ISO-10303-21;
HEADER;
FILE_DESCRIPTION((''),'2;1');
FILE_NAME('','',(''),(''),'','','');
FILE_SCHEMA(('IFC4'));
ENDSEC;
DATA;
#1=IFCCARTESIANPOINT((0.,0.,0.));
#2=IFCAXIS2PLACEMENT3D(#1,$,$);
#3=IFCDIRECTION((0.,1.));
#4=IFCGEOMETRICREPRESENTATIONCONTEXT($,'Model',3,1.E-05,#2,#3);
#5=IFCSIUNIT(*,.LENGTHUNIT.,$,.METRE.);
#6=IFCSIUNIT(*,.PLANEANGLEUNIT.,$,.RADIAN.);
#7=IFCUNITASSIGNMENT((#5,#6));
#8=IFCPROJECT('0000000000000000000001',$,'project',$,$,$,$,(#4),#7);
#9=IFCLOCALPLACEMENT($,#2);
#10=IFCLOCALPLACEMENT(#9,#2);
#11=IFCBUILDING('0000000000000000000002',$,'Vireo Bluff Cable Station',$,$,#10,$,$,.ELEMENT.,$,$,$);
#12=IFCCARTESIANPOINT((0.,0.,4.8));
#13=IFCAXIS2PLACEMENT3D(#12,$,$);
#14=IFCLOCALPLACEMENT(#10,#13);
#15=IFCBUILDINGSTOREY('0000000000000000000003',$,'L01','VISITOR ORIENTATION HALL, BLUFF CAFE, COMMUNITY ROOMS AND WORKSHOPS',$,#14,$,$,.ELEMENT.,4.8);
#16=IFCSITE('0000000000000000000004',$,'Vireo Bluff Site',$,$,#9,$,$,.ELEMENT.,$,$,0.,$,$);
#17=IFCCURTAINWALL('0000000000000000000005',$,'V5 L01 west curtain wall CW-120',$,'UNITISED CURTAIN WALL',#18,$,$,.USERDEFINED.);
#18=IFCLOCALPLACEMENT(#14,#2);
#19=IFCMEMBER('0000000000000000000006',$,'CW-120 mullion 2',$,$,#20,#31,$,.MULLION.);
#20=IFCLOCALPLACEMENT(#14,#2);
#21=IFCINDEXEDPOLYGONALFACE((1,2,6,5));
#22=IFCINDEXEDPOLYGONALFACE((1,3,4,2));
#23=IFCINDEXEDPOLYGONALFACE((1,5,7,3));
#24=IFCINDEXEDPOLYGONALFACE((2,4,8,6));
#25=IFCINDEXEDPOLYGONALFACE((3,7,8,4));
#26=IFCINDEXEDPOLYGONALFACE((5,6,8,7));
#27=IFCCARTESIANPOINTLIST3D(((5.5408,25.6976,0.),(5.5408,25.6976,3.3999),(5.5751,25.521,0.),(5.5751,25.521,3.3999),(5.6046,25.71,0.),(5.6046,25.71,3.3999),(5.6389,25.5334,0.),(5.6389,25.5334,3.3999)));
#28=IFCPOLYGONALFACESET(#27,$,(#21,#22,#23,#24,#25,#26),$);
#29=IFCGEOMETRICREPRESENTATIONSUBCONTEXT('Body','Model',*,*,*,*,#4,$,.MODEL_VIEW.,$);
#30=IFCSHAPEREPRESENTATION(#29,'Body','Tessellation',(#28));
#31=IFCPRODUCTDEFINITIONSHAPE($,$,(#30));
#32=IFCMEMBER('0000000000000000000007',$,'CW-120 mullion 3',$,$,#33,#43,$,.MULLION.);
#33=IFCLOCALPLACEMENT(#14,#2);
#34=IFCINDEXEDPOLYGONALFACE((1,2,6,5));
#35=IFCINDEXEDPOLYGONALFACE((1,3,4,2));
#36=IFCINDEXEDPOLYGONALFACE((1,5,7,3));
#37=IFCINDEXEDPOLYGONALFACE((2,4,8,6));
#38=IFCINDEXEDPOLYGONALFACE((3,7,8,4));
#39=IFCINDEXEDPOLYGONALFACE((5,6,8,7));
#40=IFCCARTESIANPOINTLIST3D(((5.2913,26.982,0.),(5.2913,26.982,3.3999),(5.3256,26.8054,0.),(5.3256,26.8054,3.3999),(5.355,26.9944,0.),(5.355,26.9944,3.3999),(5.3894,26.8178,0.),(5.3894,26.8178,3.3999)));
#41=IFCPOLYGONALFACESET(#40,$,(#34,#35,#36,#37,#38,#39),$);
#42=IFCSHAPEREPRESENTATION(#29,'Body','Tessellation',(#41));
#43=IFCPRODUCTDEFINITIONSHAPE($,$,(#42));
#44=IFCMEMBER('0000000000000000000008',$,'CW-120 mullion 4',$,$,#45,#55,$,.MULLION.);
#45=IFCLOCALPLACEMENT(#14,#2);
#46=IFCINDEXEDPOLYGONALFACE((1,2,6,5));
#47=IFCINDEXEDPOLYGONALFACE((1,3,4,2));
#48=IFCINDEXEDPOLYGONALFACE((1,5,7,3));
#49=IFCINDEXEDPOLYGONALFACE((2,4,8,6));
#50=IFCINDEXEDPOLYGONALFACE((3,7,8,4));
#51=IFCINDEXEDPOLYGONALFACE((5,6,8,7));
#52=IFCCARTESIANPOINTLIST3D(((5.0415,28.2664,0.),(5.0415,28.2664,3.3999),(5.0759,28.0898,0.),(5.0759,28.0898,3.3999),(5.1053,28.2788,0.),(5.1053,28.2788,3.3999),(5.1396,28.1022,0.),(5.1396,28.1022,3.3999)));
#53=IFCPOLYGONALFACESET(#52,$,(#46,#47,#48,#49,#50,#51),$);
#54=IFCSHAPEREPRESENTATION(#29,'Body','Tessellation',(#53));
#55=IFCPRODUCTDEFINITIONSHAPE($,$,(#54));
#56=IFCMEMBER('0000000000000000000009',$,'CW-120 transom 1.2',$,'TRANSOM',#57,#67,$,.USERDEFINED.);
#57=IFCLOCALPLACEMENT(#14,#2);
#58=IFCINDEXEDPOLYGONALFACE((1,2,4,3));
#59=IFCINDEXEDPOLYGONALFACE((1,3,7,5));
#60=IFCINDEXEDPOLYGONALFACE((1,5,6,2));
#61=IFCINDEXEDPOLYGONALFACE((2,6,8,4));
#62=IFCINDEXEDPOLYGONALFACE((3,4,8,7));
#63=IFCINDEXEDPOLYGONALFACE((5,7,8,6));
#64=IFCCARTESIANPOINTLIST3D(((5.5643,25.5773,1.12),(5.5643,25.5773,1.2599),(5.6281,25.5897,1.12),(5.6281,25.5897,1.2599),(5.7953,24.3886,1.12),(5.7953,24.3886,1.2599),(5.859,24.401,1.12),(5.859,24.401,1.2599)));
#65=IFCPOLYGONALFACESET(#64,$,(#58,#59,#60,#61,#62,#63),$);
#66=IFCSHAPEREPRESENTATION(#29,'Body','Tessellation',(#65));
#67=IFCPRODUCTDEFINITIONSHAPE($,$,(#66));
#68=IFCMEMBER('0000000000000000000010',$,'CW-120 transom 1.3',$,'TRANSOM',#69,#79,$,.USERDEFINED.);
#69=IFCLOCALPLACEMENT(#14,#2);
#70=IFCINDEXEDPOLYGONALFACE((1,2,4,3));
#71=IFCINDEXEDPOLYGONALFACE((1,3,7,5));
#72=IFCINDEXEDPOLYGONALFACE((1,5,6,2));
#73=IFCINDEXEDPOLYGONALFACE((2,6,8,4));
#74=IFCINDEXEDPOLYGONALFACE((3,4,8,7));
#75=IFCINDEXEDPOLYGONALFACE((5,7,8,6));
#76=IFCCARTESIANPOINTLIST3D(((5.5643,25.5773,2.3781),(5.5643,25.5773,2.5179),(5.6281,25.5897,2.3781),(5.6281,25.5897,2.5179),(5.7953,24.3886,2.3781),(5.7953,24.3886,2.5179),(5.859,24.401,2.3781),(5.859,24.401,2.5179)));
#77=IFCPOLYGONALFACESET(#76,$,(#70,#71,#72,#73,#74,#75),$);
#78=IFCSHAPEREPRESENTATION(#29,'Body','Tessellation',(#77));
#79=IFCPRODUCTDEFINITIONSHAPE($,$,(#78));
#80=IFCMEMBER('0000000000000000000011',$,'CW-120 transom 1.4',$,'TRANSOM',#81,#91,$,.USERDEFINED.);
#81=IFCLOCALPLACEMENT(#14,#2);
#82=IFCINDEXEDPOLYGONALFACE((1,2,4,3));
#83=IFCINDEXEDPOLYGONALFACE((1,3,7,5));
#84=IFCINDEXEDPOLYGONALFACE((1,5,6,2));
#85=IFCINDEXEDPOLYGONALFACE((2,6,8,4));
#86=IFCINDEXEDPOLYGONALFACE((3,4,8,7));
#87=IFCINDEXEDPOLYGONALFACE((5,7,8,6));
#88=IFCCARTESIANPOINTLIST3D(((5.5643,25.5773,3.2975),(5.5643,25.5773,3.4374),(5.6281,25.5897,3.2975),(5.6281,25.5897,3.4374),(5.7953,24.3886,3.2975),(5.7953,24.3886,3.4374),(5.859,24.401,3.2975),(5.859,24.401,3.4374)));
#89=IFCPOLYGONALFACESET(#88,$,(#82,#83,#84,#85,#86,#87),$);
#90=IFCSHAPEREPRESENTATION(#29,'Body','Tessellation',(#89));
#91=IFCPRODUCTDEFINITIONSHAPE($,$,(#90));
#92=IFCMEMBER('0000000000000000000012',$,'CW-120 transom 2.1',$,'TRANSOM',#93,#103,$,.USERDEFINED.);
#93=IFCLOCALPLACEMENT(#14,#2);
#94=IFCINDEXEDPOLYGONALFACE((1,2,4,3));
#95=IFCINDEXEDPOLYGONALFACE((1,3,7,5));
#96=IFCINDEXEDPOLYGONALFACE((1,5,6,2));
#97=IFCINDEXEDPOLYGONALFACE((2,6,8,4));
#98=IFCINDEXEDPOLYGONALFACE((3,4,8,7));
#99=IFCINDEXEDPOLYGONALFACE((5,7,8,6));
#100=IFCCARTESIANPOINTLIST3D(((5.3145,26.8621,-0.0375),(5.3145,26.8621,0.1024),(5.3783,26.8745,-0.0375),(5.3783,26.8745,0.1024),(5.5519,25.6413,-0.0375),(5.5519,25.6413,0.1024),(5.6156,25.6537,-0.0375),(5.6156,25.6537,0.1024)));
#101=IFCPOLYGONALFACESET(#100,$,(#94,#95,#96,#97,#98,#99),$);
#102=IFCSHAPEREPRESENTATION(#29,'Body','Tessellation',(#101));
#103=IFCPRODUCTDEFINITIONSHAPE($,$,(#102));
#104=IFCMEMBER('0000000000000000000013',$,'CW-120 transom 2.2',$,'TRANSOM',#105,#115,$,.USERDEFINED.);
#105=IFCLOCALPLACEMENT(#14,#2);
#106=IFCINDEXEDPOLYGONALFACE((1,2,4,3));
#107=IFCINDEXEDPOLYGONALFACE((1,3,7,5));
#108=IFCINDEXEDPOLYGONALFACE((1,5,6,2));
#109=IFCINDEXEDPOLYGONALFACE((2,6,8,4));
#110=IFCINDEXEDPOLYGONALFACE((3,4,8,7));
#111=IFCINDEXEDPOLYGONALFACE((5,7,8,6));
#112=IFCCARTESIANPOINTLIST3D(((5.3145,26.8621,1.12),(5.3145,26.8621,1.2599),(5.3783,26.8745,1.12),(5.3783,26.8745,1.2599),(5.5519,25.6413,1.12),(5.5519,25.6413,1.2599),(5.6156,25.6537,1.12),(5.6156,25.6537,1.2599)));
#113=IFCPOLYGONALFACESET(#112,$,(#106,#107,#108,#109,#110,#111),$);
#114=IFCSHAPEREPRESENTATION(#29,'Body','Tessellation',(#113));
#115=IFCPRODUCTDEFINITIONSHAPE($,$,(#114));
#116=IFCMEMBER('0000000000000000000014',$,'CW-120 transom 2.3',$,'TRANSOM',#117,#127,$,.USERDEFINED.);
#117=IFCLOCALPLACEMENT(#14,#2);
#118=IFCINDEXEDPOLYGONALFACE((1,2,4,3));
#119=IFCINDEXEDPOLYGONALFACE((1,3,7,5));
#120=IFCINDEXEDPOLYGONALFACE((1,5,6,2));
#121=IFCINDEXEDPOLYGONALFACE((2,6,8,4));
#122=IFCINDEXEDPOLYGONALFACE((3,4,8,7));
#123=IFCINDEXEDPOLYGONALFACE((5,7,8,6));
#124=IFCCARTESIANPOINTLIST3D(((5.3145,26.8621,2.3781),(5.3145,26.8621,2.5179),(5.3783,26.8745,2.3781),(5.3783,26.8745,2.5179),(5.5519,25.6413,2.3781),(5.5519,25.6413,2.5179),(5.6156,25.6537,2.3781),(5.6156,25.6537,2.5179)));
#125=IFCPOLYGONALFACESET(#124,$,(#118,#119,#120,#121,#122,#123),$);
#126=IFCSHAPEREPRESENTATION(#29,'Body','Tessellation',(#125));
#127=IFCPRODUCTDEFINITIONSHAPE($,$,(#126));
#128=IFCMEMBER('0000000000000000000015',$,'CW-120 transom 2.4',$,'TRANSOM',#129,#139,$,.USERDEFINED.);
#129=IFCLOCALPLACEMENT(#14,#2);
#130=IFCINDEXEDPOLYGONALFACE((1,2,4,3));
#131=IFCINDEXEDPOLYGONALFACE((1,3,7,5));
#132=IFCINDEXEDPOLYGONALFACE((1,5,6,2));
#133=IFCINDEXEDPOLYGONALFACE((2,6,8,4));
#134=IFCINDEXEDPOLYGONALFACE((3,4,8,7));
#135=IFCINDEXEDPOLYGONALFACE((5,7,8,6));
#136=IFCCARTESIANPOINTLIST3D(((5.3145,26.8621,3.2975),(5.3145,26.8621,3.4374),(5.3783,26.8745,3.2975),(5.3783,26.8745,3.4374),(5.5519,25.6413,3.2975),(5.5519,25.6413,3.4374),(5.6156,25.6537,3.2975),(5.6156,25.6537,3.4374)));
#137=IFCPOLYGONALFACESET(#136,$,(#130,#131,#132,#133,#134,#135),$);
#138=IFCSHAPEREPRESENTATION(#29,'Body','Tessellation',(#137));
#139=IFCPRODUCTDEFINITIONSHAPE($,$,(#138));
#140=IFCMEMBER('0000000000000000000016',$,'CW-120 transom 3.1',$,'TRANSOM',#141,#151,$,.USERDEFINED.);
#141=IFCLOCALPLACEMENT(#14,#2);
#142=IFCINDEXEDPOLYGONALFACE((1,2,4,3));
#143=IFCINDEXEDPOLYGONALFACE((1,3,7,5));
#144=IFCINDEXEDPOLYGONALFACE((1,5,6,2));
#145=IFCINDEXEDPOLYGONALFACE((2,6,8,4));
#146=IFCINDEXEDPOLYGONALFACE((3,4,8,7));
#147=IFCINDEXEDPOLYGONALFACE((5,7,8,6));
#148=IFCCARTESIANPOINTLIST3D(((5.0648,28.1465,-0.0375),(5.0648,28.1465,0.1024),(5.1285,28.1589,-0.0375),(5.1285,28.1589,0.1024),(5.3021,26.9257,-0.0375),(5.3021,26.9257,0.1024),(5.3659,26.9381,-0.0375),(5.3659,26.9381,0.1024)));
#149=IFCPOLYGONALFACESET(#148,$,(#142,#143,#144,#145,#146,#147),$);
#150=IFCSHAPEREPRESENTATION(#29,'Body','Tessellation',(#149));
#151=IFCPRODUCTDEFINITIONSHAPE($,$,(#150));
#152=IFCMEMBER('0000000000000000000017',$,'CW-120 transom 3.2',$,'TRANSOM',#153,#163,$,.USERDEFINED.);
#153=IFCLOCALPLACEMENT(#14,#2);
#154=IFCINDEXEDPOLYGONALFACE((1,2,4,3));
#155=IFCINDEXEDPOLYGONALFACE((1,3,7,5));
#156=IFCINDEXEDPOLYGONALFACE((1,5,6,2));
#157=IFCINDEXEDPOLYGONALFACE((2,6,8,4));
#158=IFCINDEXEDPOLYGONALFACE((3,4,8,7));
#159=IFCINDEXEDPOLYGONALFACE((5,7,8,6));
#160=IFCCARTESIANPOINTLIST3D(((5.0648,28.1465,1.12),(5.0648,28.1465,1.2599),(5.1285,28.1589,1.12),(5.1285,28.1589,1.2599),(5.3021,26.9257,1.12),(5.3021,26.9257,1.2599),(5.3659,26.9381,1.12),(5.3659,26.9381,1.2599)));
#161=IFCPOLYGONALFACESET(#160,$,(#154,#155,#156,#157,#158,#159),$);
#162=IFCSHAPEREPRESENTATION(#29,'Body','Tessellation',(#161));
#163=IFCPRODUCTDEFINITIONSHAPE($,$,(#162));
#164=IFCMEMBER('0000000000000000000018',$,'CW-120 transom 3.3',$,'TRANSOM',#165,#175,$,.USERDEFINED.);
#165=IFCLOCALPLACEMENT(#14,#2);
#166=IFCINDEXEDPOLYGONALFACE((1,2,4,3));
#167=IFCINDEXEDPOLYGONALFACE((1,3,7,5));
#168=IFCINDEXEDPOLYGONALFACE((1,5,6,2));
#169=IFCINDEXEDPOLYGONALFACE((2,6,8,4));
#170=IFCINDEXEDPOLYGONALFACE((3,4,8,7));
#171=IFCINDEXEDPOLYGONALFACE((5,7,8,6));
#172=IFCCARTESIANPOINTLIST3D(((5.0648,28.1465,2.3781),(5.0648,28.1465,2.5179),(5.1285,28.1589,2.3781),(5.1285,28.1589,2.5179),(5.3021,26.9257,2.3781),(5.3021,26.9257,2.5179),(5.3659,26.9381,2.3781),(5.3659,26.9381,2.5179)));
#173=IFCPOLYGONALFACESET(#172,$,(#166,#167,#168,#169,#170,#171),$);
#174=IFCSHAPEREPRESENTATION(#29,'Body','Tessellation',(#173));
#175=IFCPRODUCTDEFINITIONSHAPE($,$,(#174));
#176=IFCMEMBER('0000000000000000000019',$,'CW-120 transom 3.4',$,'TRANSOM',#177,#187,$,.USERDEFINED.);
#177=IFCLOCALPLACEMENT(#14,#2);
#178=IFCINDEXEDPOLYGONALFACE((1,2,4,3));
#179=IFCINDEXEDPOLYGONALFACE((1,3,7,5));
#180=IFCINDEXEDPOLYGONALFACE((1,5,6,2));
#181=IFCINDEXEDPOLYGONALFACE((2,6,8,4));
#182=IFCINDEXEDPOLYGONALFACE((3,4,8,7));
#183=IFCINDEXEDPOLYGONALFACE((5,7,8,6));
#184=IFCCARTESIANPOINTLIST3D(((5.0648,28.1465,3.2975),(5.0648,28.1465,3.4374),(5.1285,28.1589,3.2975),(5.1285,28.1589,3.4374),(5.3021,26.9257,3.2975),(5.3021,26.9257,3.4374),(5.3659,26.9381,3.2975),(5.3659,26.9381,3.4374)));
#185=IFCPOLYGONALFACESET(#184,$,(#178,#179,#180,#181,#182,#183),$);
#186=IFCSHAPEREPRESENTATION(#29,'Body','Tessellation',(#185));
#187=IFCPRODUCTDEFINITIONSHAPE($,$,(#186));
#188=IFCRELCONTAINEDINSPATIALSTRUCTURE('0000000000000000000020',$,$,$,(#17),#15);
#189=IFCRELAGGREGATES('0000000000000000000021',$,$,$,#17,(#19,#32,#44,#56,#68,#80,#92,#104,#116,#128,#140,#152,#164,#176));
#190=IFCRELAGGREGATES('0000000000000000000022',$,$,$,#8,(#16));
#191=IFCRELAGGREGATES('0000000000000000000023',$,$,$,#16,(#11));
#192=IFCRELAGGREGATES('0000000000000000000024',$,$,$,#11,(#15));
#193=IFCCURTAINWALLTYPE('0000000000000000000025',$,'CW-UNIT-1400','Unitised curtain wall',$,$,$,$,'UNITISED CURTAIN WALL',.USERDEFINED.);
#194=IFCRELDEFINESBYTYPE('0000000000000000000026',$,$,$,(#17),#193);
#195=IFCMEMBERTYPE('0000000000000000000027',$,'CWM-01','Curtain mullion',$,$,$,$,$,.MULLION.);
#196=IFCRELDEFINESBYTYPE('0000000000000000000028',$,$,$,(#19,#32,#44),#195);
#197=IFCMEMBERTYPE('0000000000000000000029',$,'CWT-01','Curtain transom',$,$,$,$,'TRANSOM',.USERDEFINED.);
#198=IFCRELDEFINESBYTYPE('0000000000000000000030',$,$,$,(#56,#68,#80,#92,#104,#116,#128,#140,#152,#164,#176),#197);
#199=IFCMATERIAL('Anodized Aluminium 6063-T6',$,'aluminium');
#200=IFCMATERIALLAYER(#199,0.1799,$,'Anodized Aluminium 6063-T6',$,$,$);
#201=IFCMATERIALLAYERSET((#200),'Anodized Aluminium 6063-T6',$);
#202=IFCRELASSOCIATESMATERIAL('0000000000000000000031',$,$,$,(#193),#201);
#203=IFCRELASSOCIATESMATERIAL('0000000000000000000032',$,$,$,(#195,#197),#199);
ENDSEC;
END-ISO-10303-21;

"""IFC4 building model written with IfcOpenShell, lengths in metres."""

from ifc_helpers import new_model, si_unit, direction, frame, origin, origin_2d, place, context, subcontext, project, spatial, rectangle, extrude, material, layer, layer_set, material_profile, profile_set, type_object, element, aggregate, save


model = new_model("IFC4")

# Units and contexts
model_context = context("Model", 3, precision=1e-05, world=origin(), true_north=direction((0.0, 1.0)))
body_context = subcontext(model_context, "Body", "Model", "MODEL_VIEW")
ifc_project = project(units=[si_unit("LENGTHUNIT", "METRE"), si_unit("PLANEANGLEUNIT", "RADIAN")], contexts=[model_context])

# Site, building, storey
site_placement = place(None, origin())
site = spatial("IfcSite", under=ifc_project, at=site_placement, Name="Vireo Bluff Site", CompositionType="ELEMENT", RefElevation=0.0)
building_placement = place(site_placement, origin())
building = spatial("IfcBuilding", under=site, at=building_placement, Name="Vireo Bluff Cable Station", CompositionType="ELEMENT")
storey_placement = place(building_placement, frame((0.0, 0.0, 4.8)))
storey = spatial("IfcBuildingStorey", under=building, at=storey_placement, Name="L01", Description="VISITOR ORIENTATION HALL, BLUFF CAFE, COMMUNITY ROOMS AND WORKSHOPS", CompositionType="ELEMENT", Elevation=4.8)

# Curtain wall, members
ifc_material_1 = material(Name="Anodized Aluminium 6063-T6", Category="aluminium")
ifc_layer_1 = layer(ifc_material_1, 0.1799, Name="Anodized Aluminium 6063-T6")
ifc_layer_set_1 = layer_set([ifc_layer_1], Name="Anodized Aluminium 6063-T6")
curtain_wall_type = type_object("IfcCurtainWallType", Name="CW-UNIT-1400", Description="Unitised curtain wall", ElementType="UNITISED CURTAIN WALL", PredefinedType="USERDEFINED", material=ifc_layer_set_1)
curtain_wall_placement = place(storey_placement, origin())
curtain_wall = element("IfcCurtainWall", 1, at=curtain_wall_placement, inside=storey, type_object=curtain_wall_type, Name="V5 L01 west curtain wall CW-120", ObjectType="UNITISED CURTAIN WALL", PredefinedType="USERDEFINED")
ifc_material_profile_1 = material_profile(ifc_material_1, rectangle(XDim=0.0649, YDim=0.1799, at=origin_2d()), Name="ALU-M-65X180")
ifc_profile_set_1 = profile_set([ifc_material_profile_1], Name="Anodized Aluminium 6063-T6")
member_type_1 = type_object("IfcMemberType", Name="CWM-01", Description="Curtain mullion", PredefinedType="MULLION", material=ifc_profile_set_1)
member_1_placement = place(storey_placement, frame((5.5898, 25.6155, 0.0), z_axis=(0.0, 0.0, 1.0), x_axis=(-0.981627, -0.190809, 0.0)))
member_1 = element("IfcMember", 2, at=member_1_placement, type_object=member_type_1, Name="CW-120 mullion 2", PredefinedType="MULLION", context=body_context, shape_type="SweptSolid", body=[
    extrude(rectangle(XDim=0.0649, YDim=0.1799, at=origin_2d()), origin(), (0.0, 0.0, 1.0), 3.3999),
])
member_2_placement = place(storey_placement, frame((5.3403, 26.8999, 0.0), z_axis=(0.0, 0.0, 1.0), x_axis=(-0.981627, -0.190809, 0.0)))
member_2 = element("IfcMember", 3, at=member_2_placement, type_object=member_type_1, Name="CW-120 mullion 3", PredefinedType="MULLION", context=body_context, shape_type="SweptSolid", body=[
    extrude(rectangle(XDim=0.0649, YDim=0.1799, at=origin_2d()), origin(), (0.0, 0.0, 1.0), 3.3999),
])
member_3_placement = place(storey_placement, frame((5.0906, 28.1843, 0.0), z_axis=(0.0, 0.0, 1.0), x_axis=(-0.981627, -0.190809, 0.0)))
member_3 = element("IfcMember", 4, at=member_3_placement, type_object=member_type_1, Name="CW-120 mullion 4", PredefinedType="MULLION", context=body_context, shape_type="SweptSolid", body=[
    extrude(rectangle(XDim=0.0649, YDim=0.1799, at=origin_2d()), origin(), (0.0, 0.0, 1.0), 3.3999),
])
ifc_material_profile_2 = material_profile(ifc_material_1, rectangle(XDim=0.0649, YDim=0.1399, at=origin_2d()), Name="ALU-T-65X140")
ifc_profile_set_2 = profile_set([ifc_material_profile_2], Name="Anodized Aluminium 6063-T6")
member_type_2 = type_object("IfcMemberType", Name="CWT-01", Description="Curtain transom", ElementType="TRANSOM", PredefinedType="USERDEFINED", material=ifc_profile_set_2)
member_4_placement = place(storey_placement, frame((5.8271, 24.3948, 1.1899), z_axis=(-0.190724, 0.981644, 0.0), x_axis=(-0.981644, -0.190724, 0.0)))
member_4 = element("IfcMember", 5, at=member_4_placement, type_object=member_type_2, Name="CW-120 transom 1.2", ObjectType="TRANSOM", PredefinedType="USERDEFINED", context=body_context, shape_type="SweptSolid", body=[
    extrude(rectangle(XDim=0.0649, YDim=0.1399, at=origin_2d()), origin(), (0.0, 0.0, 1.0), 1.2109),
])
member_5_placement = place(storey_placement, frame((5.8271, 24.3948, 2.448), z_axis=(-0.190724, 0.981644, 0.0), x_axis=(-0.981644, -0.190724, 0.0)))
member_5 = element("IfcMember", 6, at=member_5_placement, type_object=member_type_2, Name="CW-120 transom 1.3", ObjectType="TRANSOM", PredefinedType="USERDEFINED", context=body_context, shape_type="SweptSolid", body=[
    extrude(rectangle(XDim=0.0649, YDim=0.1399, at=origin_2d()), origin(), (0.0, 0.0, 1.0), 1.2109),
])
member_6_placement = place(storey_placement, frame((5.8271, 24.3948, 3.3674), z_axis=(-0.190724, 0.981644, 0.0), x_axis=(-0.981644, -0.190724, 0.0)))
member_6 = element("IfcMember", 7, at=member_6_placement, type_object=member_type_2, Name="CW-120 transom 1.4", ObjectType="TRANSOM", PredefinedType="USERDEFINED", context=body_context, shape_type="SweptSolid", body=[
    extrude(rectangle(XDim=0.0649, YDim=0.1399, at=origin_2d()), origin(), (0.0, 0.0, 1.0), 1.2109),
])
member_7_placement = place(storey_placement, frame((5.5837, 25.6475, 0.0325), z_axis=(-0.190828, 0.981624, 0.0), x_axis=(-0.981624, -0.190828, 0.0)))
member_7 = element("IfcMember", 8, at=member_7_placement, type_object=member_type_2, Name="CW-120 transom 2.1", ObjectType="TRANSOM", PredefinedType="USERDEFINED", context=body_context, shape_type="SweptSolid", body=[
    extrude(rectangle(XDim=0.0649, YDim=0.1399, at=origin_2d()), origin(), (0.0, 0.0, 1.0), 1.2437),
])
member_8_placement = place(storey_placement, frame((5.5837, 25.6475, 1.1899), z_axis=(-0.190828, 0.981624, 0.0), x_axis=(-0.981624, -0.190828, 0.0)))
member_8 = element("IfcMember", 9, at=member_8_placement, type_object=member_type_2, Name="CW-120 transom 2.2", ObjectType="TRANSOM", PredefinedType="USERDEFINED", context=body_context, shape_type="SweptSolid", body=[
    extrude(rectangle(XDim=0.0649, YDim=0.1399, at=origin_2d()), origin(), (0.0, 0.0, 1.0), 1.2437),
])
member_9_placement = place(storey_placement, frame((5.5837, 25.6475, 2.448), z_axis=(-0.190828, 0.981624, 0.0), x_axis=(-0.981624, -0.190828, 0.0)))
member_9 = element("IfcMember", 10, at=member_9_placement, type_object=member_type_2, Name="CW-120 transom 2.3", ObjectType="TRANSOM", PredefinedType="USERDEFINED", context=body_context, shape_type="SweptSolid", body=[
    extrude(rectangle(XDim=0.0649, YDim=0.1399, at=origin_2d()), origin(), (0.0, 0.0, 1.0), 1.2437),
])
member_10_placement = place(storey_placement, frame((5.5837, 25.6475, 3.3674), z_axis=(-0.190828, 0.981624, 0.0), x_axis=(-0.981624, -0.190828, 0.0)))
member_10 = element("IfcMember", 11, at=member_10_placement, type_object=member_type_2, Name="CW-120 transom 2.4", ObjectType="TRANSOM", PredefinedType="USERDEFINED", context=body_context, shape_type="SweptSolid", body=[
    extrude(rectangle(XDim=0.0649, YDim=0.1399, at=origin_2d()), origin(), (0.0, 0.0, 1.0), 1.2437),
])
member_11_placement = place(storey_placement, frame((5.334, 26.9319, 0.0325), z_axis=(-0.190828, 0.981624, 0.0), x_axis=(-0.981624, -0.190828, 0.0)))
member_11 = element("IfcMember", 12, at=member_11_placement, type_object=member_type_2, Name="CW-120 transom 3.1", ObjectType="TRANSOM", PredefinedType="USERDEFINED", context=body_context, shape_type="SweptSolid", body=[
    extrude(rectangle(XDim=0.0649, YDim=0.1399, at=origin_2d()), origin(), (0.0, 0.0, 1.0), 1.2437),
])
member_12_placement = place(storey_placement, frame((5.334, 26.9319, 1.1899), z_axis=(-0.190828, 0.981624, 0.0), x_axis=(-0.981624, -0.190828, 0.0)))
member_12 = element("IfcMember", 13, at=member_12_placement, type_object=member_type_2, Name="CW-120 transom 3.2", ObjectType="TRANSOM", PredefinedType="USERDEFINED", context=body_context, shape_type="SweptSolid", body=[
    extrude(rectangle(XDim=0.0649, YDim=0.1399, at=origin_2d()), origin(), (0.0, 0.0, 1.0), 1.2437),
])
member_13_placement = place(storey_placement, frame((5.334, 26.9319, 2.448), z_axis=(-0.190828, 0.981624, 0.0), x_axis=(-0.981624, -0.190828, 0.0)))
member_13 = element("IfcMember", 14, at=member_13_placement, type_object=member_type_2, Name="CW-120 transom 3.3", ObjectType="TRANSOM", PredefinedType="USERDEFINED", context=body_context, shape_type="SweptSolid", body=[
    extrude(rectangle(XDim=0.0649, YDim=0.1399, at=origin_2d()), origin(), (0.0, 0.0, 1.0), 1.2437),
])
member_14_placement = place(storey_placement, frame((5.334, 26.9319, 3.3674), z_axis=(-0.190828, 0.981624, 0.0), x_axis=(-0.981624, -0.190828, 0.0)))
member_14 = element("IfcMember", 15, at=member_14_placement, type_object=member_type_2, Name="CW-120 transom 3.4", ObjectType="TRANSOM", PredefinedType="USERDEFINED", context=body_context, shape_type="SweptSolid", body=[
    extrude(rectangle(XDim=0.0649, YDim=0.1399, at=origin_2d()), origin(), (0.0, 0.0, 1.0), 1.2437),
])
aggregate(curtain_wall, [member_1, member_2, member_3, member_4, member_5, member_6, member_7, member_8, member_9, member_10, member_11, member_12, member_13, member_14])

save(model, "model.ifc")
